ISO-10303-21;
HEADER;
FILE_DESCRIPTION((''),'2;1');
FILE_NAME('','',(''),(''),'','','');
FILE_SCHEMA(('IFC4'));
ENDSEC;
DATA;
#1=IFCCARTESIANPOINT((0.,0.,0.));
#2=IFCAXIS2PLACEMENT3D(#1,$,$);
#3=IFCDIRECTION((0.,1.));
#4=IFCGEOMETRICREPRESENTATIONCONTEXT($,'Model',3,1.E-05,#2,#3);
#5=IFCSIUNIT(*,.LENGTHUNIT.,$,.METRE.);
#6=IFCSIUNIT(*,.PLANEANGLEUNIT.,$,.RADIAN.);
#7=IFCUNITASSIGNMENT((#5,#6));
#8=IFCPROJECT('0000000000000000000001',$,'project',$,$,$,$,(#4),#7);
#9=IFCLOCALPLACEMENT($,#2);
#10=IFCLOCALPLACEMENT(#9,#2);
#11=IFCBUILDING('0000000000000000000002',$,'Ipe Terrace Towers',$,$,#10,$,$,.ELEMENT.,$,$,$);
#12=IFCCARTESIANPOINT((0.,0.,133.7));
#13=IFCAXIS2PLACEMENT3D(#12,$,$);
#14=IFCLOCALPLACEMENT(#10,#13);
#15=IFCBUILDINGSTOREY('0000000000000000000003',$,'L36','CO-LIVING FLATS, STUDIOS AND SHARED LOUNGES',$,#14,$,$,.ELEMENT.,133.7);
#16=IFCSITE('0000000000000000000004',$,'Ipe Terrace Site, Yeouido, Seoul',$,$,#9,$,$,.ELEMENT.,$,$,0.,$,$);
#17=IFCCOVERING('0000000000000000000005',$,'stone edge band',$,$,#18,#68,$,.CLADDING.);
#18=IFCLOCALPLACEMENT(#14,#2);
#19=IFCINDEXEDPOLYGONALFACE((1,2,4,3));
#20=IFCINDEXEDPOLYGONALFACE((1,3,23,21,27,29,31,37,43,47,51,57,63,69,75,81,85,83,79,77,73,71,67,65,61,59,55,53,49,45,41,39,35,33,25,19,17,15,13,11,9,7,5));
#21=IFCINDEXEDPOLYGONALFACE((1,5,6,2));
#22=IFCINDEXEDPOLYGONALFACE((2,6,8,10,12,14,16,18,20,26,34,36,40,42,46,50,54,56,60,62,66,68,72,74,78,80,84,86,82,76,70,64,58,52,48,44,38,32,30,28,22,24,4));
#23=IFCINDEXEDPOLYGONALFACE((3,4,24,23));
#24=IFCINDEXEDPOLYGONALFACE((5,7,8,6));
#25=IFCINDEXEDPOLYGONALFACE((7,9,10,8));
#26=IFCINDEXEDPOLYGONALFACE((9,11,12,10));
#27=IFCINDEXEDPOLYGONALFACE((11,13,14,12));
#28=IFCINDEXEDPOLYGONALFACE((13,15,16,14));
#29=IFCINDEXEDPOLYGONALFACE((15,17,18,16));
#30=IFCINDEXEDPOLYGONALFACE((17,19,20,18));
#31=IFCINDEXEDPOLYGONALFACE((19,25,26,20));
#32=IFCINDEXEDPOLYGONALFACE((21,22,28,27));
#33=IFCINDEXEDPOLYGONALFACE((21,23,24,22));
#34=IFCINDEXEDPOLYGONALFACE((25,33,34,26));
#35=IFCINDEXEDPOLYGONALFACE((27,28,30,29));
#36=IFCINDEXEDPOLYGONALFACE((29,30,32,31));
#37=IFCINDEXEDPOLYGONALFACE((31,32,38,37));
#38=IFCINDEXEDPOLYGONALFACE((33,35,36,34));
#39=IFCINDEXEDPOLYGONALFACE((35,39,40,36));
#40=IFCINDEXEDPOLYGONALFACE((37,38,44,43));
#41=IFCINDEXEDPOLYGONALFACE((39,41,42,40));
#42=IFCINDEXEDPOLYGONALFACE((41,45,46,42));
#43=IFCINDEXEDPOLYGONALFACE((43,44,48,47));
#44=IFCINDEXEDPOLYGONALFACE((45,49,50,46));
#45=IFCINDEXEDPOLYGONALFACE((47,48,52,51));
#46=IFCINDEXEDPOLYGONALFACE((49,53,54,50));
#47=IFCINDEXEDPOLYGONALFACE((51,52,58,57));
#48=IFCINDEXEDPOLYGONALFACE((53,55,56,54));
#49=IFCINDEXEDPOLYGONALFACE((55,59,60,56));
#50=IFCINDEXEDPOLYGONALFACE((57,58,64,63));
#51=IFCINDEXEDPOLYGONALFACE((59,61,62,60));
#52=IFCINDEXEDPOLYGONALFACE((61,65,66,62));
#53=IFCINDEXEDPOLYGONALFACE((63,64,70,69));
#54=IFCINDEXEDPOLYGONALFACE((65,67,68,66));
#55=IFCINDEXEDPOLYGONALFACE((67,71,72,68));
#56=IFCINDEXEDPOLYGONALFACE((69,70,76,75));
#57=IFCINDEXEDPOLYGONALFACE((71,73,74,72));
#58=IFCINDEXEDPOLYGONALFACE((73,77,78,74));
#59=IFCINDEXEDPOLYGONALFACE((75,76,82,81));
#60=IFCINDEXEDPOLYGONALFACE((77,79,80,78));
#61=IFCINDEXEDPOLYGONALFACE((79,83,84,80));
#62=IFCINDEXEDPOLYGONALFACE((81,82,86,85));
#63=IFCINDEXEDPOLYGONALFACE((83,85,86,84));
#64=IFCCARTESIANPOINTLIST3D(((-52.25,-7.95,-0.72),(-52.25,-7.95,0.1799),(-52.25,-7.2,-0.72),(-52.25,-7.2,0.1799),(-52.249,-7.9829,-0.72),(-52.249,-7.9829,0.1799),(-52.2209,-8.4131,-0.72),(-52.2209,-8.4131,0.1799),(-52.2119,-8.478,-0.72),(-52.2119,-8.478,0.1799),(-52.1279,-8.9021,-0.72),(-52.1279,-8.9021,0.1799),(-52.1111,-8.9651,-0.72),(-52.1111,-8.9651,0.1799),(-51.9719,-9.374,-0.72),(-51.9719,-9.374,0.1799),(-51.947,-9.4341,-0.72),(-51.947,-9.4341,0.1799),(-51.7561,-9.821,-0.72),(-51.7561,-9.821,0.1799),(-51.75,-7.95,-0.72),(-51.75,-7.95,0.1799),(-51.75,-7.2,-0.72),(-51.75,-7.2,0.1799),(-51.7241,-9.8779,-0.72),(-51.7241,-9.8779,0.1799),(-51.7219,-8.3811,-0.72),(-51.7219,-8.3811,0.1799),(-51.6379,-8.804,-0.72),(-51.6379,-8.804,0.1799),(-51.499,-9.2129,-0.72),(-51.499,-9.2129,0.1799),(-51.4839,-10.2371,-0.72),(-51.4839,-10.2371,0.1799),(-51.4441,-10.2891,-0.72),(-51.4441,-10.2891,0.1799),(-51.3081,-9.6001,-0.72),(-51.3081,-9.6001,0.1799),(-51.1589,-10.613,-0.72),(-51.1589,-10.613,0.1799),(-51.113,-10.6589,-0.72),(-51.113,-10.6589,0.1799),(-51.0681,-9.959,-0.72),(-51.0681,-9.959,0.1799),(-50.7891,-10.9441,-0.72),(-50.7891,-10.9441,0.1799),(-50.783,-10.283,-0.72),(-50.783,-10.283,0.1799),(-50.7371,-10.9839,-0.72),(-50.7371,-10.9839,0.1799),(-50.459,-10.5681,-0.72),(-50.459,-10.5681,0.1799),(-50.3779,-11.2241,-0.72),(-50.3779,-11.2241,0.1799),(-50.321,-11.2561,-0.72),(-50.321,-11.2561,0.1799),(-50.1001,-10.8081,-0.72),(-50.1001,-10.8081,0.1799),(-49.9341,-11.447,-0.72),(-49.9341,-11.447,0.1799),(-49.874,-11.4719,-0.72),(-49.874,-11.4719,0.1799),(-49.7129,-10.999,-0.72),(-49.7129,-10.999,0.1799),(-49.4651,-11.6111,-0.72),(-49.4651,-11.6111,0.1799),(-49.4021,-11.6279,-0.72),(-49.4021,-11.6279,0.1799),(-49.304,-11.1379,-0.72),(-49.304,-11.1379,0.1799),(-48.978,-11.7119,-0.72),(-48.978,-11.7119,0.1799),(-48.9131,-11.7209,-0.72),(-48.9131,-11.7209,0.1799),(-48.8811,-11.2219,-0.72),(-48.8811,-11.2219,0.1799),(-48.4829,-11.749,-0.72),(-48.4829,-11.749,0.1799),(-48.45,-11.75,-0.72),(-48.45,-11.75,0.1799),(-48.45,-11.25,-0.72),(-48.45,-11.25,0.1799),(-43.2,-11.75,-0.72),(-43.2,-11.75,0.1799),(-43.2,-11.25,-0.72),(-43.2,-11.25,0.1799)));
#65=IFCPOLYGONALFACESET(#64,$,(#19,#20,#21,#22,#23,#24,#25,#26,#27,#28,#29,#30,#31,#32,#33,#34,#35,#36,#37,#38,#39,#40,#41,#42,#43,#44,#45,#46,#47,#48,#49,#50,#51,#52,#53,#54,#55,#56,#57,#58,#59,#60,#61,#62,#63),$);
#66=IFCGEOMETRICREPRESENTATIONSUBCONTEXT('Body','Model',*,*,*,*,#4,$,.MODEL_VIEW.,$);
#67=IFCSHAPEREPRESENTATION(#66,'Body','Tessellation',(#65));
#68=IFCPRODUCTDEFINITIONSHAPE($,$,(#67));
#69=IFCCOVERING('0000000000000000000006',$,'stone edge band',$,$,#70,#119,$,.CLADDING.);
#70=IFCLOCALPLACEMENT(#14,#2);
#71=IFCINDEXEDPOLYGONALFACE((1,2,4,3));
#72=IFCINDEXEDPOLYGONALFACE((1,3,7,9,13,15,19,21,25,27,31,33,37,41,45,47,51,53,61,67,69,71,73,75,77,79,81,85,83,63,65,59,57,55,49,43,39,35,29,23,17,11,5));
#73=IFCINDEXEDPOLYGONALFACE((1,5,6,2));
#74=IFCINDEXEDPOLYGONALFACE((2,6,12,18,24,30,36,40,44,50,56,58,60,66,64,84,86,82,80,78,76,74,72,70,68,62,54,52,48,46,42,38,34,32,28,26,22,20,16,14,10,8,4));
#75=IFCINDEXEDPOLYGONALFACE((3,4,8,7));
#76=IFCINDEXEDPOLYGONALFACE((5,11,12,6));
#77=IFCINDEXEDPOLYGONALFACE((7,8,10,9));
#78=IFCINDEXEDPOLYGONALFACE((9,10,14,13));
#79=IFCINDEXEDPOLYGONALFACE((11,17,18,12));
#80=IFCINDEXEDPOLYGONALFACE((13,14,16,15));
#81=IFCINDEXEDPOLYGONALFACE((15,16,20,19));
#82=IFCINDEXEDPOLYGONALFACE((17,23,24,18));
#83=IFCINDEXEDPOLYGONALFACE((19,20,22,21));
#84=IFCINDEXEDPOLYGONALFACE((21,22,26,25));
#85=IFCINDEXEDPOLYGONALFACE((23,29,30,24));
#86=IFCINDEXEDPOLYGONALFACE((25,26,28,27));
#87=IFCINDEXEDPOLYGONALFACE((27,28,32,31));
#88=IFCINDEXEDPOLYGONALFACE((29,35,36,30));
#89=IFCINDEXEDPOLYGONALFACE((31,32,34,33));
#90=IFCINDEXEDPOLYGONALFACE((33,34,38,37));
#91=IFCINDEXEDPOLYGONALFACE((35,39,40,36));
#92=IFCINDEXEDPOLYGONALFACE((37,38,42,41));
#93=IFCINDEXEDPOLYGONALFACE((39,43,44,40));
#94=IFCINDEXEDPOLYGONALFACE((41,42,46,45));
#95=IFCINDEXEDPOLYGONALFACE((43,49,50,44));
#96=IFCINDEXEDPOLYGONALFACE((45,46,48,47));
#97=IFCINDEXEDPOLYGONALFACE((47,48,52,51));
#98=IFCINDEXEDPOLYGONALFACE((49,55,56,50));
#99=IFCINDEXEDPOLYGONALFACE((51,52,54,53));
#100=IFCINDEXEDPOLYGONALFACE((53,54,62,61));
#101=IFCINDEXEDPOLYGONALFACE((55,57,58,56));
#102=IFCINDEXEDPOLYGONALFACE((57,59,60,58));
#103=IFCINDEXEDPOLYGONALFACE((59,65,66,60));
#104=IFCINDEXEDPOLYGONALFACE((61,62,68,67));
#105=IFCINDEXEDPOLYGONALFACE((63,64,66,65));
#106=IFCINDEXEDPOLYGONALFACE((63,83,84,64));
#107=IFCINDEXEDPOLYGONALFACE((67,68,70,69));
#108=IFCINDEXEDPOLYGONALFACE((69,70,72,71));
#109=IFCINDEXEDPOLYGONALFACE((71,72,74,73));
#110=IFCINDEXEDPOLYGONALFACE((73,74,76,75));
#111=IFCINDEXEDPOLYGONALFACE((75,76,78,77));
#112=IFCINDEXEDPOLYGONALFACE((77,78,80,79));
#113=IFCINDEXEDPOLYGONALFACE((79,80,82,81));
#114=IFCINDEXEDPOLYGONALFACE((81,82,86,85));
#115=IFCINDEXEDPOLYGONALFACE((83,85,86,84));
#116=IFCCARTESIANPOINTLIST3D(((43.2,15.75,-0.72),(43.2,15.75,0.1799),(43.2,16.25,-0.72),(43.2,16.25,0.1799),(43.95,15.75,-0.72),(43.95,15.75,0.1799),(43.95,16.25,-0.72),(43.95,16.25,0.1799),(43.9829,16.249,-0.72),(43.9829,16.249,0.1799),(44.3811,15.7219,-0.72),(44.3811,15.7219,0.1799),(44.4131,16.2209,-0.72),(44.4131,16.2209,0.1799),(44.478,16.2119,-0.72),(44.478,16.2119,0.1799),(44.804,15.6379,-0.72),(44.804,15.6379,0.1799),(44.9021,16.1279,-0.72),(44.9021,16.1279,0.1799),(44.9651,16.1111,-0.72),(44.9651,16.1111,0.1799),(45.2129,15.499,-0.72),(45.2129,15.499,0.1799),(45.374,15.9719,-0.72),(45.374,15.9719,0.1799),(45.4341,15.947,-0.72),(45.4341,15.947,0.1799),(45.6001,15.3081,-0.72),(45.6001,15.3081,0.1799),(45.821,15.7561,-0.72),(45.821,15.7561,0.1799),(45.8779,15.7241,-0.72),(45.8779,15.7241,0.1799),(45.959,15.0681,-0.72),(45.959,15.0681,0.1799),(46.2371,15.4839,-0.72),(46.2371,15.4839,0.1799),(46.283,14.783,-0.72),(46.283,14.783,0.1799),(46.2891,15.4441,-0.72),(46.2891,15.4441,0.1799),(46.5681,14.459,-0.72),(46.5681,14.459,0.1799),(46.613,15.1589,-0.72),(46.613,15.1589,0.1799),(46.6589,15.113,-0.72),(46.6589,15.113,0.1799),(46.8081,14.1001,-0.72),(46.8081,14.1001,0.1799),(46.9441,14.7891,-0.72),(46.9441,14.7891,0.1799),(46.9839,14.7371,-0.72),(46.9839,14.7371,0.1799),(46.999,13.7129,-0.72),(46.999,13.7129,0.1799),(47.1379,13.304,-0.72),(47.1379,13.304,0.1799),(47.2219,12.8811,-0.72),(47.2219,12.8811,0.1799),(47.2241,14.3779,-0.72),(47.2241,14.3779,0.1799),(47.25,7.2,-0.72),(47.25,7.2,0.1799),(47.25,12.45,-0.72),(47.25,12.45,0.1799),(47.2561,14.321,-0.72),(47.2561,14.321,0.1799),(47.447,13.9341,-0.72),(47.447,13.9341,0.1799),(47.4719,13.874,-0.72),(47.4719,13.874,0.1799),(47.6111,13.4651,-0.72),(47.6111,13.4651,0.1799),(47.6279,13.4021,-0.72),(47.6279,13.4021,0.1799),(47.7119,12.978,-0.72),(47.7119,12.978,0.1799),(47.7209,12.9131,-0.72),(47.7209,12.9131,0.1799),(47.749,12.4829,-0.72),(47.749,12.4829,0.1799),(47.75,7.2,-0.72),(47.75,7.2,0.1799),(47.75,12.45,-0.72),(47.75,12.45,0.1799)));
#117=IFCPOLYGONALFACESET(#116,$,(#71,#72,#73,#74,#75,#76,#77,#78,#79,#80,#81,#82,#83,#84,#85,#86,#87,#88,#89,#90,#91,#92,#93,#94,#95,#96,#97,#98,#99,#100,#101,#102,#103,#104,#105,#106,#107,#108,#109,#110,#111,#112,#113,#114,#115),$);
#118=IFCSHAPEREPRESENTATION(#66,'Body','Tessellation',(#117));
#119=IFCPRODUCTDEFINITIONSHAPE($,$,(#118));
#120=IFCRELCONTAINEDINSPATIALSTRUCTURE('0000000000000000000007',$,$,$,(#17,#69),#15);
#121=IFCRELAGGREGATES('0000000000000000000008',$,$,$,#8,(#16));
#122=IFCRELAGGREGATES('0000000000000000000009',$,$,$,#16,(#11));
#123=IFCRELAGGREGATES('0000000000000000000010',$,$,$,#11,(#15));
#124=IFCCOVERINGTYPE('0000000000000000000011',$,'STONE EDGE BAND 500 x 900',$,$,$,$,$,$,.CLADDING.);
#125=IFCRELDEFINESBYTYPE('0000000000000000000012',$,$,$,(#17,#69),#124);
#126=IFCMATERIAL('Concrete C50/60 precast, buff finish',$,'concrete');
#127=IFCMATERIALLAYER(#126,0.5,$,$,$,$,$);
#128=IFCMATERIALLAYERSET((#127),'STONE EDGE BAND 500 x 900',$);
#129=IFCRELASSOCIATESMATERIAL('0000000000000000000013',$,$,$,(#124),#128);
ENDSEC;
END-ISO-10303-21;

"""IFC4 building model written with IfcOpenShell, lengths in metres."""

from ifc_helpers import new_model, si_unit, direction, frame, origin, place, context, subcontext, project, spatial, polyline, outline, extrude, material, layer, layer_set, type_object, element, save


model = new_model("IFC4")

# Units and contexts
model_context = context("Model", 3, precision=1e-05, world=origin(), true_north=direction((0.0, 1.0)))
body_context = subcontext(model_context, "Body", "Model", "MODEL_VIEW")
ifc_project = project(units=[si_unit("LENGTHUNIT", "METRE"), si_unit("PLANEANGLEUNIT", "RADIAN")], contexts=[model_context])

# Site, building, storey
site_placement = place(None, origin())
site = spatial("IfcSite", under=ifc_project, at=site_placement, Name="Ipe Terrace Site, Yeouido, Seoul", CompositionType="ELEMENT", RefElevation=0.0)
building_placement = place(site_placement, origin())
building = spatial("IfcBuilding", under=site, at=building_placement, Name="Ipe Terrace Towers", CompositionType="ELEMENT")
storey_placement = place(building_placement, frame((0.0, 0.0, 133.7)))
storey = spatial("IfcBuildingStorey", under=building, at=storey_placement, Name="L36", Description="CO-LIVING FLATS, STUDIOS AND SHARED LOUNGES", CompositionType="ELEMENT", Elevation=133.7)

# Coverings
ifc_material_1 = material(Name="Concrete C50/60 precast, buff finish", Category="concrete")
ifc_layer_1 = layer(ifc_material_1, 0.5)
ifc_layer_set_1 = layer_set([ifc_layer_1], Name="STONE EDGE BAND 500 x 900")
covering_type = type_object("IfcCoveringType", Name="STONE EDGE BAND 500 x 900", PredefinedType="CLADDING", material=ifc_layer_set_1)
covering_1_placement = place(storey_placement, frame((0.0, 0.0, -0.72)))
element("IfcCovering", 1, at=covering_1_placement, inside=storey, type_object=covering_type, Name="stone edge band", PredefinedType="CLADDING", context=body_context, shape_type="SweptSolid", body=[
    extrude(outline(polyline([(-48.45, -11.75), (-43.2, -11.75), (-43.2, -11.25), (-48.45, -11.25), (-48.8811, -11.2219), (-49.304, -11.1379), (-49.7129, -10.999), (-50.1001, -10.8081), (-50.459, -10.5681), (-50.783, -10.283), (-51.0681, -9.959), (-51.3081, -9.6001), (-51.499, -9.2129), (-51.6379, -8.804), (-51.7219, -8.3811), (-51.75, -7.95), (-51.75, -7.2), (-52.25, -7.2), (-52.25, -7.95), (-52.249, -7.9829), (-52.2209, -8.4131), (-52.2119, -8.478), (-52.1279, -8.9021), (-52.1111, -8.9651), (-51.9719, -9.374), (-51.947, -9.4341), (-51.7561, -9.821), (-51.7241, -9.8779), (-51.4839, -10.2371), (-51.4441, -10.2891), (-51.1589, -10.613), (-51.113, -10.6589), (-50.7891, -10.9441), (-50.7371, -10.9839), (-50.3779, -11.2241), (-50.321, -11.2561), (-49.9341, -11.447), (-49.874, -11.4719), (-49.4651, -11.6111), (-49.4021, -11.6279), (-48.978, -11.7119), (-48.9131, -11.7209), (-48.4829, -11.749), (-48.45, -11.75)])), origin(), (0.0, 0.0, 1.0), 0.8999),
])
covering_2_placement = place(storey_placement, frame((0.0, 0.0, -0.72)))
element("IfcCovering", 2, at=covering_2_placement, inside=storey, type_object=covering_type, Name="stone edge band", PredefinedType="CLADDING", context=body_context, shape_type="SweptSolid", body=[
    extrude(outline(polyline([(47.75, 12.45), (47.749, 12.4829), (47.7209, 12.9131), (47.7119, 12.978), (47.6279, 13.4021), (47.6111, 13.4651), (47.4719, 13.874), (47.447, 13.9341), (47.2561, 14.321), (47.2241, 14.3779), (46.9839, 14.7371), (46.9441, 14.7891), (46.6589, 15.113), (46.613, 15.1589), (46.2891, 15.4441), (46.2371, 15.4839), (45.8779, 15.7241), (45.821, 15.7561), (45.4341, 15.947), (45.374, 15.9719), (44.9651, 16.1111), (44.9021, 16.1279), (44.478, 16.2119), (44.4131, 16.2209), (43.9829, 16.249), (43.95, 16.25), (43.2, 16.25), (43.2, 15.75), (43.95, 15.75), (44.3811, 15.7219), (44.804, 15.6379), (45.2129, 15.499), (45.6001, 15.3081), (45.959, 15.0681), (46.283, 14.783), (46.5681, 14.459), (46.8081, 14.1001), (46.999, 13.7129), (47.1379, 13.304), (47.2219, 12.8811), (47.25, 12.45), (47.25, 7.2), (47.75, 7.2), (47.75, 12.45)])), origin(), (0.0, 0.0, 1.0), 0.8999),
])

save(model, "model.ifc")
